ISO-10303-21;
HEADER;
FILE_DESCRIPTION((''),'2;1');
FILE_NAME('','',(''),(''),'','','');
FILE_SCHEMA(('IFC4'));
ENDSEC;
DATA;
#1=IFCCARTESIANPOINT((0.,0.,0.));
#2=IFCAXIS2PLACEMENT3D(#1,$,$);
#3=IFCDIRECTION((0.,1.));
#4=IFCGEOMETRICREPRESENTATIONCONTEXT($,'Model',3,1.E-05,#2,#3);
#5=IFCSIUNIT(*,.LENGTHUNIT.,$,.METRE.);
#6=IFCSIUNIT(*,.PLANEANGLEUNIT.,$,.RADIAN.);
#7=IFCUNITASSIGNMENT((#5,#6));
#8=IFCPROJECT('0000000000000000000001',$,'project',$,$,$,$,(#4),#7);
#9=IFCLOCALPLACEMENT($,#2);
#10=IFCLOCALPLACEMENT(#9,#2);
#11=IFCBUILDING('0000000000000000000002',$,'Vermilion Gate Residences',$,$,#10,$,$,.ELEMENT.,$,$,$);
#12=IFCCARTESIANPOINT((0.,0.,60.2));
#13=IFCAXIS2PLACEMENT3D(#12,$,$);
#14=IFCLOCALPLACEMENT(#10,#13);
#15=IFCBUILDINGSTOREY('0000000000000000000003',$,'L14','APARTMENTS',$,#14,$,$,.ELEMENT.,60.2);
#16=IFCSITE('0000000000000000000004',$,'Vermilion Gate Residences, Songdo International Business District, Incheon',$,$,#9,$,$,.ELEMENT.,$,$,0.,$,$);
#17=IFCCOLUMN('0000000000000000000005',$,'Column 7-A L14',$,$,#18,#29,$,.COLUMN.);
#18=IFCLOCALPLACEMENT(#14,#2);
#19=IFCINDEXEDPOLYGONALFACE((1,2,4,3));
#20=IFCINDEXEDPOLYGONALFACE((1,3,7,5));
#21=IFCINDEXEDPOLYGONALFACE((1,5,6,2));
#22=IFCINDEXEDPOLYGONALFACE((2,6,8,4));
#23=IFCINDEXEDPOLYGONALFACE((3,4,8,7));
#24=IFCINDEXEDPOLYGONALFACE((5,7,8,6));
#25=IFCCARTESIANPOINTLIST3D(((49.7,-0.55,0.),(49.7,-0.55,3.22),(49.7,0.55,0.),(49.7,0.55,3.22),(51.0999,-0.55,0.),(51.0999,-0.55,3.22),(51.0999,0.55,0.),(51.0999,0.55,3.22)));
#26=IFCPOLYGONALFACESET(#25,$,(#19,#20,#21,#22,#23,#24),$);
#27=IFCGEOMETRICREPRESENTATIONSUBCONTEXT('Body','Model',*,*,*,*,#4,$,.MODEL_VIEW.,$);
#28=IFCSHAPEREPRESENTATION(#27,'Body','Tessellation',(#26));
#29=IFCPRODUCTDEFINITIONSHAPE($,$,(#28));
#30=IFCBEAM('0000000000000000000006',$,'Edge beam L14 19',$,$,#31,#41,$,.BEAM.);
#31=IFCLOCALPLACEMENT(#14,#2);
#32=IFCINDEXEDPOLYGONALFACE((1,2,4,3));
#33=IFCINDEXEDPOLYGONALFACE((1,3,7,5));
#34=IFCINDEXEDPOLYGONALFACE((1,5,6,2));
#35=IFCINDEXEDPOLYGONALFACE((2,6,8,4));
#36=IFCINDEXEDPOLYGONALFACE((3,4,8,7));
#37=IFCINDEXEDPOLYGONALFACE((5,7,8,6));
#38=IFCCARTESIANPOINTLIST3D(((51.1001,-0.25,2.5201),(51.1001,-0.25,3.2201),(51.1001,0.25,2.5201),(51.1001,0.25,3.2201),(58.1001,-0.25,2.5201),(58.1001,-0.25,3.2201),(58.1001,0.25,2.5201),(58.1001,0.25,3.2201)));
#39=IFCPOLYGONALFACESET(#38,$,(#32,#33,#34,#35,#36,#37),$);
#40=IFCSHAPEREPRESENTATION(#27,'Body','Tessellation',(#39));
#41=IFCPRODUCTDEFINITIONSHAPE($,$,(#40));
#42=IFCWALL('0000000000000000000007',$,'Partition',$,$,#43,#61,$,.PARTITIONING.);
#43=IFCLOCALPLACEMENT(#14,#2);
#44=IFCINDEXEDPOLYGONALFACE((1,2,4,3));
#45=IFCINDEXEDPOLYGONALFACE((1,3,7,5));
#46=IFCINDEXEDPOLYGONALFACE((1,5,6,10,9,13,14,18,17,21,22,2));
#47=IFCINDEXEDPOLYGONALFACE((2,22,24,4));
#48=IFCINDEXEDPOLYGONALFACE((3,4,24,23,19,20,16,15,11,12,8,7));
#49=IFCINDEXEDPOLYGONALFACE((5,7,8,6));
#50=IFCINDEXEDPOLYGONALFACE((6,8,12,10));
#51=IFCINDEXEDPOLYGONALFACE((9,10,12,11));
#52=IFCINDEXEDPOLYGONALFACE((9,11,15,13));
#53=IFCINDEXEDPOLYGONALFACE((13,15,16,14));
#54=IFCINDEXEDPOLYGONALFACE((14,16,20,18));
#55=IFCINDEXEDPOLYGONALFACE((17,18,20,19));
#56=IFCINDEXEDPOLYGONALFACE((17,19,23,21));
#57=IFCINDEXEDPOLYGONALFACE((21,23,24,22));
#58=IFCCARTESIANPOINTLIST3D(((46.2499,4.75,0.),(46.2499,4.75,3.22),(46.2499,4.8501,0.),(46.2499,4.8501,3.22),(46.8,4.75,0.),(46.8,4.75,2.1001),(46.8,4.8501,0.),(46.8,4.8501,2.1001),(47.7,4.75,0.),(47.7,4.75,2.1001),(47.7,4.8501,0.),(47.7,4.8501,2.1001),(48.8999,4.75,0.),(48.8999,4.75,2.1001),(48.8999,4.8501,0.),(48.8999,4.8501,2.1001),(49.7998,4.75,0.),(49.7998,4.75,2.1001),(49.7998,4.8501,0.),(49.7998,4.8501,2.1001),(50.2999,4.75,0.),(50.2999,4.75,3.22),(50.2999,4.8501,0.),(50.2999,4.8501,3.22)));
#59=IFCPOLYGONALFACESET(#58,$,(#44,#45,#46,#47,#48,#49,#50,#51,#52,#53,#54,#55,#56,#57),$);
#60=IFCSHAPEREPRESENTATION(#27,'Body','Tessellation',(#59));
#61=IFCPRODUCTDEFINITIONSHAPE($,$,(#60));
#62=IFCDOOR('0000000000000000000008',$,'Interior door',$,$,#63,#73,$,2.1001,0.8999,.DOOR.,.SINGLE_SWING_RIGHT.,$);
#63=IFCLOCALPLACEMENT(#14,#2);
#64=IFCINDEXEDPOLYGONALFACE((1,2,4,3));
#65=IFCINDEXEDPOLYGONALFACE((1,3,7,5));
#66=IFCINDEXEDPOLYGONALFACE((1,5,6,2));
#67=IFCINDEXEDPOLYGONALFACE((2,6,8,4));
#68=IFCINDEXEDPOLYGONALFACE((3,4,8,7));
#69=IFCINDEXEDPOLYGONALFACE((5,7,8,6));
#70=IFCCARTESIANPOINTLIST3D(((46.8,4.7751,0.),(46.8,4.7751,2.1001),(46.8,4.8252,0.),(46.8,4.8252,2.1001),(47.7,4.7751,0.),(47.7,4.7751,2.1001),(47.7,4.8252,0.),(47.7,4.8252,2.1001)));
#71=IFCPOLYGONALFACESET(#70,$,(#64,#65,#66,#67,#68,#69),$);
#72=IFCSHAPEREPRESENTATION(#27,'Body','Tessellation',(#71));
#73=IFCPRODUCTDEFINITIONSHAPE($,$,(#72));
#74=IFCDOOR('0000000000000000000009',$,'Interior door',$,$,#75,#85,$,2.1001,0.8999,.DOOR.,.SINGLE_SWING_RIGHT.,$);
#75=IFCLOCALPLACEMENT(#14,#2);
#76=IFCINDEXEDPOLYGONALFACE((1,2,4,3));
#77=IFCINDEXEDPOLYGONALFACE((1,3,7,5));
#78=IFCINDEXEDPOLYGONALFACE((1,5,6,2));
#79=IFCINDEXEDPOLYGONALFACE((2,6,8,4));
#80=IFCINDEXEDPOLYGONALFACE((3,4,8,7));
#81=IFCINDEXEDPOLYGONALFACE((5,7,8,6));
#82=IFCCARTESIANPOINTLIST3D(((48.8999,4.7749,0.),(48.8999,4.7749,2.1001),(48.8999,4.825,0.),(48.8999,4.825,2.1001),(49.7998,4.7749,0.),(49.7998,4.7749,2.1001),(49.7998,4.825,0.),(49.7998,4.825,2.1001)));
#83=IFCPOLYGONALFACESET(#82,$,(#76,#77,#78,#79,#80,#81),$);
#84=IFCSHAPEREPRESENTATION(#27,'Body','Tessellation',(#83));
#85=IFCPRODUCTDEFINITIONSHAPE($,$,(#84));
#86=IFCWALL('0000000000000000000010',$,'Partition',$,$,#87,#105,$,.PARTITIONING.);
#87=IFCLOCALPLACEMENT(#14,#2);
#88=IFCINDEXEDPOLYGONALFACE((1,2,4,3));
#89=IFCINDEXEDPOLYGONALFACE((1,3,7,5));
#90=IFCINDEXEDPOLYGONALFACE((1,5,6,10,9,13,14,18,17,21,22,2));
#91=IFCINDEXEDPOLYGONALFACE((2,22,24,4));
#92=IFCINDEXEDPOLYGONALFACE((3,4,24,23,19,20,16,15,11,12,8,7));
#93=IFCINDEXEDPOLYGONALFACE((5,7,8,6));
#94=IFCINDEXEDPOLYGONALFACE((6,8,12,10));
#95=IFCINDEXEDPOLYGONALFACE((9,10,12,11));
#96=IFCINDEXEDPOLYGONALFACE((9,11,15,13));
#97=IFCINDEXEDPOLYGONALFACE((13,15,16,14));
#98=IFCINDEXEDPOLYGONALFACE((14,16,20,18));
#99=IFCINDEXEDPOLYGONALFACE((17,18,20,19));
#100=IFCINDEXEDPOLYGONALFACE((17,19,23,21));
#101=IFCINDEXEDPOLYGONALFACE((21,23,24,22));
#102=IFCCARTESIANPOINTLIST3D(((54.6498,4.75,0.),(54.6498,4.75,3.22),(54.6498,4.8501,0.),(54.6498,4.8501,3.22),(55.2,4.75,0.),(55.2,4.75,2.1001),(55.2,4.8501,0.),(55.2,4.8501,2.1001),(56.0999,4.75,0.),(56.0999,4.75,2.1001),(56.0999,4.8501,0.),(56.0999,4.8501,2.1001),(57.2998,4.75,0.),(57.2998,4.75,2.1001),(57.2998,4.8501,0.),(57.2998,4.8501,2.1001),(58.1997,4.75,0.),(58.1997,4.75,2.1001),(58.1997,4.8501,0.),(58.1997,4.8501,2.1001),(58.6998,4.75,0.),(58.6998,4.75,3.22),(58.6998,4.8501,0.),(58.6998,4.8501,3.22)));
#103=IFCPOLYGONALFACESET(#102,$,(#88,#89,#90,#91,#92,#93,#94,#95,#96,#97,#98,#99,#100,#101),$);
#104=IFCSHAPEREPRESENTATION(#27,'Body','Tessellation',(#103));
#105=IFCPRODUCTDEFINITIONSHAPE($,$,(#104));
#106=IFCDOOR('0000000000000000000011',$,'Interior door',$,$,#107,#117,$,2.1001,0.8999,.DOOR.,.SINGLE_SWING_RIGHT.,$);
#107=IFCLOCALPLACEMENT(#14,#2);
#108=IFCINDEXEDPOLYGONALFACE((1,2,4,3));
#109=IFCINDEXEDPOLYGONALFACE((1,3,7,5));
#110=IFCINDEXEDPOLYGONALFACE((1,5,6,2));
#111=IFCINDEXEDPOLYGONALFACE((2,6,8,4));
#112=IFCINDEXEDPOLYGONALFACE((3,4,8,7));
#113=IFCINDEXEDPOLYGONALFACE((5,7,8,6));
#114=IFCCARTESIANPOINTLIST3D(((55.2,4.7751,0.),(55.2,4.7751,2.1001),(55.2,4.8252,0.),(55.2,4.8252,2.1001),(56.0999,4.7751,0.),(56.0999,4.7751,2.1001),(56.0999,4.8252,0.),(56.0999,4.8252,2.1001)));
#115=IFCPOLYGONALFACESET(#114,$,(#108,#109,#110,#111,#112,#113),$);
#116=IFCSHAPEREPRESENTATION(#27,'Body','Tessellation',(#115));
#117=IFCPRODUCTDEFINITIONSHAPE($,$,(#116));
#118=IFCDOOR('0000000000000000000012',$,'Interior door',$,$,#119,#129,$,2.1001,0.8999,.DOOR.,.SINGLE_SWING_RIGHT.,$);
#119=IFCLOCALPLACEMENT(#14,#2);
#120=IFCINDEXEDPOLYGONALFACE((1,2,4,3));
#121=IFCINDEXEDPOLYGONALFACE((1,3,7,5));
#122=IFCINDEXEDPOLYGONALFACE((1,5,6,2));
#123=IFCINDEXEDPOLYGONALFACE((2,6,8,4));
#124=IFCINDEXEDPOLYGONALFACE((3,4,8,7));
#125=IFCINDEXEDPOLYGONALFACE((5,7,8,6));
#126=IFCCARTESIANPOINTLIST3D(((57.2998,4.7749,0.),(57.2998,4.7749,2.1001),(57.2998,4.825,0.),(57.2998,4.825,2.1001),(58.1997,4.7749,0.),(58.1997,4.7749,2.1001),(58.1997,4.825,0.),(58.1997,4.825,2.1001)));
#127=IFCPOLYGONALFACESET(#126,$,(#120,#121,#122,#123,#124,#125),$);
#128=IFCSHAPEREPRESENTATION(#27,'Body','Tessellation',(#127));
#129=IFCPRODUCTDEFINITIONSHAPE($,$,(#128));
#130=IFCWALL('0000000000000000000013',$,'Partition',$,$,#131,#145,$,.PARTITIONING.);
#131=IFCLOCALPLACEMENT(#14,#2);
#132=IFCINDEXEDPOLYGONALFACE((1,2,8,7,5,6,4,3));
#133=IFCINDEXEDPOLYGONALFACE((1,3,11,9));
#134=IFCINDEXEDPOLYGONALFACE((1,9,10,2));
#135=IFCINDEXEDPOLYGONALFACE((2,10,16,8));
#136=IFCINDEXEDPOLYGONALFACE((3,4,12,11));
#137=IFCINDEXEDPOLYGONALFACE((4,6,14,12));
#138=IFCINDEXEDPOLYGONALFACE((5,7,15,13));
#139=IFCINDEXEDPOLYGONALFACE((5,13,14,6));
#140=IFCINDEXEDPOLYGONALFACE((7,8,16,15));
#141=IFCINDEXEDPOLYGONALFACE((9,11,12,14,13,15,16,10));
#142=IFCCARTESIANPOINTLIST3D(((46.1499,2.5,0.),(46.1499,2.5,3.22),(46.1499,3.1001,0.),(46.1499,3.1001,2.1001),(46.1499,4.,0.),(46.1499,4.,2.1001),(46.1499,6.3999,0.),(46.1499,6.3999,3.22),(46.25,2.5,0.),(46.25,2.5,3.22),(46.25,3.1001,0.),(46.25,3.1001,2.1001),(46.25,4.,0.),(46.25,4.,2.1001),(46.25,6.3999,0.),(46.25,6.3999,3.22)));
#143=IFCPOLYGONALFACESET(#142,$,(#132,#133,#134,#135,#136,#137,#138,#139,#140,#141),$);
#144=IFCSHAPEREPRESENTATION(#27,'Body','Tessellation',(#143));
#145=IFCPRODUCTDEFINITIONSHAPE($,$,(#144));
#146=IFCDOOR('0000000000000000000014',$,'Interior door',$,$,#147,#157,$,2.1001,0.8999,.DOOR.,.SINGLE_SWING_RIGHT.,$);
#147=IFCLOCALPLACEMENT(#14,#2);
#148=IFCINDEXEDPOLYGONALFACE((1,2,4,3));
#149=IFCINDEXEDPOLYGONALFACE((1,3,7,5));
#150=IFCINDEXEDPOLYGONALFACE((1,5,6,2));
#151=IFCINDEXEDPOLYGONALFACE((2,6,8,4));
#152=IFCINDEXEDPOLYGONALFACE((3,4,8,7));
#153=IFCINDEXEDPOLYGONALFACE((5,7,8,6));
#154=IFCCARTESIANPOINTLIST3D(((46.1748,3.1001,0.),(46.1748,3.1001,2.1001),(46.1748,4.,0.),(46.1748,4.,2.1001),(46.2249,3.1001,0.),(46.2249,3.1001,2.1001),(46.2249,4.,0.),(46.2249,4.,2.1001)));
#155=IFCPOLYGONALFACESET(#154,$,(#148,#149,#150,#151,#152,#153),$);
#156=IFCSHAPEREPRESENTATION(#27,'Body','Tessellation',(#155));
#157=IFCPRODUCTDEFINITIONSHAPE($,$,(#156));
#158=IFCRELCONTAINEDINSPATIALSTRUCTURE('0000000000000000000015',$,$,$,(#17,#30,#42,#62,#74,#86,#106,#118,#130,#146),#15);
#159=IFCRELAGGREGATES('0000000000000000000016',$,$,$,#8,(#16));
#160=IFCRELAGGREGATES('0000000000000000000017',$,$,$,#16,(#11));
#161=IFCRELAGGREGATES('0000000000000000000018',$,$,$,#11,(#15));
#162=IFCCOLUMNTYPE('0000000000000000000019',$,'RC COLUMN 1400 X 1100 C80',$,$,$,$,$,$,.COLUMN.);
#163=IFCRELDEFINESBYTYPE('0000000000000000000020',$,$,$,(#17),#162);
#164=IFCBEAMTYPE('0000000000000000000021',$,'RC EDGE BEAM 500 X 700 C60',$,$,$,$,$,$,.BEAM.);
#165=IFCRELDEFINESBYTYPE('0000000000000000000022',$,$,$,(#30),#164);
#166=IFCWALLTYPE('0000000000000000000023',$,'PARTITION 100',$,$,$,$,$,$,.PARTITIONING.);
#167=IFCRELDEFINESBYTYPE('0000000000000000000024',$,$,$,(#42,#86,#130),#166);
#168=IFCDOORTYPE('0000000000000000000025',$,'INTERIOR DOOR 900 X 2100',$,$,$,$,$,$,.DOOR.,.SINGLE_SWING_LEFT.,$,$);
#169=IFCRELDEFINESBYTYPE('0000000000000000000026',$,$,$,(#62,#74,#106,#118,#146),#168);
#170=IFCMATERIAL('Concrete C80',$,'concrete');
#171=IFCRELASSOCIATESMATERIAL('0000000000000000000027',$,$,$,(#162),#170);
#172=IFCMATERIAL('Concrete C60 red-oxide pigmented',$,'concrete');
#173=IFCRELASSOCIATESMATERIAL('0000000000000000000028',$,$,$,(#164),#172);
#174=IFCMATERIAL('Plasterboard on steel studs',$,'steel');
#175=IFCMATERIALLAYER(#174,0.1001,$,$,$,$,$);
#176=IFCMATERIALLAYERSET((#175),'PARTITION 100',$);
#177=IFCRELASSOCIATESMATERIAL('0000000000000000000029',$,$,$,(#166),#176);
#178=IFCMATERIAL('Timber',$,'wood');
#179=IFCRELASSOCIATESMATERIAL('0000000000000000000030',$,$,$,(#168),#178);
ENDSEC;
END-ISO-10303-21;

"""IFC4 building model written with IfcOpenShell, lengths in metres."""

from ifc_helpers import new_model, si_unit, direction, frame, frame_2d, origin, origin_2d, place, context, subcontext, project, spatial, rectangle, extrude, material, layer, layer_set, material_profile, profile_set, type_object, element, fill, save


model = new_model("IFC4")

# Units and contexts
model_context = context("Model", 3, precision=1e-05, world=origin(), true_north=direction((0.0, 1.0)))
body_context = subcontext(model_context, "Body", "Model", "MODEL_VIEW")
ifc_project = project(units=[si_unit("LENGTHUNIT", "METRE"), si_unit("PLANEANGLEUNIT", "RADIAN")], contexts=[model_context])

# Site, building, storey
site_placement = place(None, origin())
site = spatial("IfcSite", under=ifc_project, at=site_placement, Name="Vermilion Gate Residences, Songdo International Business District, Incheon", CompositionType="ELEMENT", RefElevation=0.0)
building_placement = place(site_placement, origin())
building = spatial("IfcBuilding", under=site, at=building_placement, Name="Vermilion Gate Residences", CompositionType="ELEMENT")
storey_placement = place(building_placement, frame((0.0, 0.0, 60.2)))
storey = spatial("IfcBuildingStorey", under=building, at=storey_placement, Name="L14", Description="APARTMENTS", CompositionType="ELEMENT", Elevation=60.2)

# Column
ifc_material_1 = material(Name="Concrete C80", Category="concrete")
ifc_material_profile_1 = material_profile(ifc_material_1, rectangle(XDim=1.3999, YDim=1.1001, at=origin_2d()), Name="RC-1400x1100")
ifc_profile_set_1 = profile_set([ifc_material_profile_1], Name="Concrete C80")
column_type = type_object("IfcColumnType", Name="RC COLUMN 1400 X 1100 C80", PredefinedType="COLUMN", material=ifc_profile_set_1)
column_placement = place(storey_placement, frame((50.3999, 0.0, 0.0), z_axis=(0.0, 0.0, 1.0), x_axis=(1.0, 0.0, 0.0)))
element("IfcColumn", 1, at=column_placement, inside=storey, type_object=column_type, Name="Column 7-A L14", PredefinedType="COLUMN", context=body_context, shape_type="SweptSolid", body=[
    extrude(rectangle(XDim=1.3999, YDim=1.1001, at=origin_2d()), origin(), (0.0, 0.0, 1.0), 3.22),
])

# Beam
ifc_material_2 = material(Name="Concrete C60 red-oxide pigmented", Category="concrete")
ifc_material_profile_2 = material_profile(ifc_material_2, rectangle(XDim=0.5, YDim=0.7, at=origin_2d()), Name="RC-500x700")
ifc_profile_set_2 = profile_set([ifc_material_profile_2], Name="Concrete C60 red-oxide pigmented")
beam_type = type_object("IfcBeamType", Name="RC EDGE BEAM 500 X 700 C60", PredefinedType="BEAM", material=ifc_profile_set_2)
beam_placement = place(storey_placement, frame((51.1001, 0.0, 2.8701), z_axis=(1.0, 0.0, 0.0), x_axis=(0.0, 1.0, 0.0)))
element("IfcBeam", 2, at=beam_placement, inside=storey, type_object=beam_type, Name="Edge beam L14 19", PredefinedType="BEAM", context=body_context, shape_type="SweptSolid", body=[
    extrude(rectangle(XDim=0.5, YDim=0.7, at=origin_2d()), origin(), (0.0, 0.0, 1.0), 7.0),
])

# Walls, openings, doors
ifc_material_3 = material(Name="Plasterboard on steel studs", Category="steel")
ifc_layer_1 = layer(ifc_material_3, 0.1001)
ifc_layer_set_1 = layer_set([ifc_layer_1], Name="PARTITION 100")
wall_type_1 = type_object("IfcWallType", Name="PARTITION 100", PredefinedType="PARTITIONING", material=ifc_layer_set_1)
wall_1_placement = place(storey_placement, frame((46.25, 4.8, 0.0), z_axis=(0.0, 0.0, 1.0), x_axis=(1.0, 0.0, 0.0)))
wall_1 = element("IfcWall", 3, at=wall_1_placement, inside=storey, type_object=wall_type_1, Name="Partition", PredefinedType="PARTITIONING", context=body_context, shape_type="SweptSolid", body=[
    extrude(rectangle(XDim=4.05, YDim=0.1001, at=frame_2d((2.0249, 0.0))), origin(), (0.0, 0.0, 1.0), 3.22),
])
opening_1_placement = place(wall_1_placement, frame((0.55, 0.0, 0.0)))
opening_1 = element("IfcOpeningElement", 4, at=opening_1_placement, cuts=wall_1, PredefinedType="OPENING", context=body_context, shape_type="SweptSolid", body=[
    extrude(rectangle(XDim=0.8999, YDim=2.1001, at=frame_2d((0.45, 1.05))), frame((0.0, 0.0601, 0.0), z_axis=(0.0, -1.0, 0.0), x_axis=(1.0, 0.0, 0.0)), (0.0, 0.0, 1.0), 0.1201),
])
opening_2_placement = place(wall_1_placement, frame((2.6499, 0.0, 0.0)))
opening_2 = element("IfcOpeningElement", 5, at=opening_2_placement, cuts=wall_1, PredefinedType="OPENING", context=body_context, shape_type="SweptSolid", body=[
    extrude(rectangle(XDim=0.8999, YDim=2.1001, at=frame_2d((0.45, 1.05))), frame((0.0, 0.0601, 0.0), z_axis=(0.0, -1.0, 0.0), x_axis=(1.0, 0.0, 0.0)), (0.0, 0.0, 1.0), 0.1201),
])
ifc_material_4 = material(Name="Timber", Category="wood")
door_type = type_object("IfcDoorType", Name="INTERIOR DOOR 900 X 2100", OperationType="SINGLE_SWING_LEFT", PredefinedType="DOOR", material=ifc_material_4)
door_1_placement = place(opening_1_placement, frame((0.8999, 0.0, 0.0), z_axis=(0.0, 0.0, 1.0), x_axis=(-1.0, 0.0, 0.0)))
door_1 = element("IfcDoor", 6, at=door_1_placement, inside=storey, type_object=door_type, Name="Interior door", OperationType="SINGLE_SWING_RIGHT", OverallHeight=2.1001, OverallWidth=0.8999, PredefinedType="DOOR", context=body_context, shape_type="SweptSolid", body=[
    extrude(rectangle(XDim=0.8999, YDim=2.1001, at=frame_2d((0.45, 1.05))), frame((0.0, 0.0249, 0.0), z_axis=(0.0, -1.0, 0.0), x_axis=(1.0, 0.0, 0.0)), (0.0, 0.0, 1.0), 0.05),
])
fill(opening_1, door_1)
door_2_placement = place(opening_2_placement, origin())
door_2 = element("IfcDoor", 7, at=door_2_placement, inside=storey, type_object=door_type, Name="Interior door", OperationType="SINGLE_SWING_RIGHT", OverallHeight=2.1001, OverallWidth=0.8999, PredefinedType="DOOR", context=body_context, shape_type="SweptSolid", body=[
    extrude(rectangle(XDim=0.8999, YDim=2.1001, at=frame_2d((0.45, 1.05))), frame((0.0, 0.0249, 0.0), z_axis=(0.0, -1.0, 0.0), x_axis=(1.0, 0.0, 0.0)), (0.0, 0.0, 1.0), 0.05),
])
fill(opening_2, door_2)
wall_2_placement = place(storey_placement, frame((54.6499, 4.8, 0.0), z_axis=(0.0, 0.0, 1.0), x_axis=(1.0, 0.0, 0.0)))
wall_2 = element("IfcWall", 8, at=wall_2_placement, inside=storey, type_object=wall_type_1, Name="Partition", PredefinedType="PARTITIONING", context=body_context, shape_type="SweptSolid", body=[
    extrude(rectangle(XDim=4.05, YDim=0.1001, at=frame_2d((2.0249, 0.0))), origin(), (0.0, 0.0, 1.0), 3.22),
])
opening_3_placement = place(wall_2_placement, frame((0.55, 0.0, 0.0)))
opening_3 = element("IfcOpeningElement", 9, at=opening_3_placement, cuts=wall_2, PredefinedType="OPENING", context=body_context, shape_type="SweptSolid", body=[
    extrude(rectangle(XDim=0.8999, YDim=2.1001, at=frame_2d((0.45, 1.05))), frame((0.0, 0.0601, 0.0), z_axis=(0.0, -1.0, 0.0), x_axis=(1.0, 0.0, 0.0)), (0.0, 0.0, 1.0), 0.1201),
])
opening_4_placement = place(wall_2_placement, frame((2.6499, 0.0, 0.0)))
opening_4 = element("IfcOpeningElement", 10, at=opening_4_placement, cuts=wall_2, PredefinedType="OPENING", context=body_context, shape_type="SweptSolid", body=[
    extrude(rectangle(XDim=0.8999, YDim=2.1001, at=frame_2d((0.45, 1.05))), frame((0.0, 0.0601, 0.0), z_axis=(0.0, -1.0, 0.0), x_axis=(1.0, 0.0, 0.0)), (0.0, 0.0, 1.0), 0.1201),
])
door_3_placement = place(opening_3_placement, frame((0.8999, 0.0, 0.0), z_axis=(0.0, 0.0, 1.0), x_axis=(-1.0, 0.0, 0.0)))
door_3 = element("IfcDoor", 11, at=door_3_placement, inside=storey, type_object=door_type, Name="Interior door", OperationType="SINGLE_SWING_RIGHT", OverallHeight=2.1001, OverallWidth=0.8999, PredefinedType="DOOR", context=body_context, shape_type="SweptSolid", body=[
    extrude(rectangle(XDim=0.8999, YDim=2.1001, at=frame_2d((0.45, 1.05))), frame((0.0, 0.0249, 0.0), z_axis=(0.0, -1.0, 0.0), x_axis=(1.0, 0.0, 0.0)), (0.0, 0.0, 1.0), 0.05),
])
fill(opening_3, door_3)
door_4_placement = place(opening_4_placement, origin())
door_4 = element("IfcDoor", 12, at=door_4_placement, inside=storey, type_object=door_type, Name="Interior door", OperationType="SINGLE_SWING_RIGHT", OverallHeight=2.1001, OverallWidth=0.8999, PredefinedType="DOOR", context=body_context, shape_type="SweptSolid", body=[
    extrude(rectangle(XDim=0.8999, YDim=2.1001, at=frame_2d((0.45, 1.05))), frame((0.0, 0.0249, 0.0), z_axis=(0.0, -1.0, 0.0), x_axis=(1.0, 0.0, 0.0)), (0.0, 0.0, 1.0), 0.05),
])
fill(opening_4, door_4)

# Wall, opening, door
wall_3_placement = place(storey_placement, frame((46.2, 2.5, 0.0), z_axis=(0.0, 0.0, 1.0), x_axis=(0.0, 1.0, 0.0)))
wall_3 = element("IfcWall", 13, at=wall_3_placement, inside=storey, type_object=wall_type_1, Name="Partition", PredefinedType="PARTITIONING", context=body_context, shape_type="SweptSolid", body=[
    extrude(rectangle(XDim=3.8999, YDim=0.1001, at=frame_2d((1.95, 0.0))), origin(), (0.0, 0.0, 1.0), 3.22),
])
opening_5_placement = place(wall_3_placement, frame((0.6001, 0.0, 0.0)))
opening_5 = element("IfcOpeningElement", 14, at=opening_5_placement, cuts=wall_3, PredefinedType="OPENING", context=body_context, shape_type="SweptSolid", body=[
    extrude(rectangle(XDim=0.8999, YDim=2.1001, at=frame_2d((0.45, 1.05))), frame((0.0, 0.0601, 0.0), z_axis=(0.0, -1.0, 0.0), x_axis=(1.0, 0.0, 0.0)), (0.0, 0.0, 1.0), 0.1201),
])
door_5_placement = place(opening_5_placement, frame((0.8999, 0.0, 0.0), z_axis=(0.0, 0.0, 1.0), x_axis=(-1.0, 0.0, 0.0)))
door_5 = element("IfcDoor", 15, at=door_5_placement, inside=storey, type_object=door_type, Name="Interior door", OperationType="SINGLE_SWING_RIGHT", OverallHeight=2.1001, OverallWidth=0.8999, PredefinedType="DOOR", context=body_context, shape_type="SweptSolid", body=[
    extrude(rectangle(XDim=0.8999, YDim=2.1001, at=frame_2d((0.45, 1.05))), frame((0.0, 0.0249, 0.0), z_axis=(0.0, -1.0, 0.0), x_axis=(1.0, 0.0, 0.0)), (0.0, 0.0, 1.0), 0.05),
])
fill(opening_5, door_5)

save(model, "model.ifc")
